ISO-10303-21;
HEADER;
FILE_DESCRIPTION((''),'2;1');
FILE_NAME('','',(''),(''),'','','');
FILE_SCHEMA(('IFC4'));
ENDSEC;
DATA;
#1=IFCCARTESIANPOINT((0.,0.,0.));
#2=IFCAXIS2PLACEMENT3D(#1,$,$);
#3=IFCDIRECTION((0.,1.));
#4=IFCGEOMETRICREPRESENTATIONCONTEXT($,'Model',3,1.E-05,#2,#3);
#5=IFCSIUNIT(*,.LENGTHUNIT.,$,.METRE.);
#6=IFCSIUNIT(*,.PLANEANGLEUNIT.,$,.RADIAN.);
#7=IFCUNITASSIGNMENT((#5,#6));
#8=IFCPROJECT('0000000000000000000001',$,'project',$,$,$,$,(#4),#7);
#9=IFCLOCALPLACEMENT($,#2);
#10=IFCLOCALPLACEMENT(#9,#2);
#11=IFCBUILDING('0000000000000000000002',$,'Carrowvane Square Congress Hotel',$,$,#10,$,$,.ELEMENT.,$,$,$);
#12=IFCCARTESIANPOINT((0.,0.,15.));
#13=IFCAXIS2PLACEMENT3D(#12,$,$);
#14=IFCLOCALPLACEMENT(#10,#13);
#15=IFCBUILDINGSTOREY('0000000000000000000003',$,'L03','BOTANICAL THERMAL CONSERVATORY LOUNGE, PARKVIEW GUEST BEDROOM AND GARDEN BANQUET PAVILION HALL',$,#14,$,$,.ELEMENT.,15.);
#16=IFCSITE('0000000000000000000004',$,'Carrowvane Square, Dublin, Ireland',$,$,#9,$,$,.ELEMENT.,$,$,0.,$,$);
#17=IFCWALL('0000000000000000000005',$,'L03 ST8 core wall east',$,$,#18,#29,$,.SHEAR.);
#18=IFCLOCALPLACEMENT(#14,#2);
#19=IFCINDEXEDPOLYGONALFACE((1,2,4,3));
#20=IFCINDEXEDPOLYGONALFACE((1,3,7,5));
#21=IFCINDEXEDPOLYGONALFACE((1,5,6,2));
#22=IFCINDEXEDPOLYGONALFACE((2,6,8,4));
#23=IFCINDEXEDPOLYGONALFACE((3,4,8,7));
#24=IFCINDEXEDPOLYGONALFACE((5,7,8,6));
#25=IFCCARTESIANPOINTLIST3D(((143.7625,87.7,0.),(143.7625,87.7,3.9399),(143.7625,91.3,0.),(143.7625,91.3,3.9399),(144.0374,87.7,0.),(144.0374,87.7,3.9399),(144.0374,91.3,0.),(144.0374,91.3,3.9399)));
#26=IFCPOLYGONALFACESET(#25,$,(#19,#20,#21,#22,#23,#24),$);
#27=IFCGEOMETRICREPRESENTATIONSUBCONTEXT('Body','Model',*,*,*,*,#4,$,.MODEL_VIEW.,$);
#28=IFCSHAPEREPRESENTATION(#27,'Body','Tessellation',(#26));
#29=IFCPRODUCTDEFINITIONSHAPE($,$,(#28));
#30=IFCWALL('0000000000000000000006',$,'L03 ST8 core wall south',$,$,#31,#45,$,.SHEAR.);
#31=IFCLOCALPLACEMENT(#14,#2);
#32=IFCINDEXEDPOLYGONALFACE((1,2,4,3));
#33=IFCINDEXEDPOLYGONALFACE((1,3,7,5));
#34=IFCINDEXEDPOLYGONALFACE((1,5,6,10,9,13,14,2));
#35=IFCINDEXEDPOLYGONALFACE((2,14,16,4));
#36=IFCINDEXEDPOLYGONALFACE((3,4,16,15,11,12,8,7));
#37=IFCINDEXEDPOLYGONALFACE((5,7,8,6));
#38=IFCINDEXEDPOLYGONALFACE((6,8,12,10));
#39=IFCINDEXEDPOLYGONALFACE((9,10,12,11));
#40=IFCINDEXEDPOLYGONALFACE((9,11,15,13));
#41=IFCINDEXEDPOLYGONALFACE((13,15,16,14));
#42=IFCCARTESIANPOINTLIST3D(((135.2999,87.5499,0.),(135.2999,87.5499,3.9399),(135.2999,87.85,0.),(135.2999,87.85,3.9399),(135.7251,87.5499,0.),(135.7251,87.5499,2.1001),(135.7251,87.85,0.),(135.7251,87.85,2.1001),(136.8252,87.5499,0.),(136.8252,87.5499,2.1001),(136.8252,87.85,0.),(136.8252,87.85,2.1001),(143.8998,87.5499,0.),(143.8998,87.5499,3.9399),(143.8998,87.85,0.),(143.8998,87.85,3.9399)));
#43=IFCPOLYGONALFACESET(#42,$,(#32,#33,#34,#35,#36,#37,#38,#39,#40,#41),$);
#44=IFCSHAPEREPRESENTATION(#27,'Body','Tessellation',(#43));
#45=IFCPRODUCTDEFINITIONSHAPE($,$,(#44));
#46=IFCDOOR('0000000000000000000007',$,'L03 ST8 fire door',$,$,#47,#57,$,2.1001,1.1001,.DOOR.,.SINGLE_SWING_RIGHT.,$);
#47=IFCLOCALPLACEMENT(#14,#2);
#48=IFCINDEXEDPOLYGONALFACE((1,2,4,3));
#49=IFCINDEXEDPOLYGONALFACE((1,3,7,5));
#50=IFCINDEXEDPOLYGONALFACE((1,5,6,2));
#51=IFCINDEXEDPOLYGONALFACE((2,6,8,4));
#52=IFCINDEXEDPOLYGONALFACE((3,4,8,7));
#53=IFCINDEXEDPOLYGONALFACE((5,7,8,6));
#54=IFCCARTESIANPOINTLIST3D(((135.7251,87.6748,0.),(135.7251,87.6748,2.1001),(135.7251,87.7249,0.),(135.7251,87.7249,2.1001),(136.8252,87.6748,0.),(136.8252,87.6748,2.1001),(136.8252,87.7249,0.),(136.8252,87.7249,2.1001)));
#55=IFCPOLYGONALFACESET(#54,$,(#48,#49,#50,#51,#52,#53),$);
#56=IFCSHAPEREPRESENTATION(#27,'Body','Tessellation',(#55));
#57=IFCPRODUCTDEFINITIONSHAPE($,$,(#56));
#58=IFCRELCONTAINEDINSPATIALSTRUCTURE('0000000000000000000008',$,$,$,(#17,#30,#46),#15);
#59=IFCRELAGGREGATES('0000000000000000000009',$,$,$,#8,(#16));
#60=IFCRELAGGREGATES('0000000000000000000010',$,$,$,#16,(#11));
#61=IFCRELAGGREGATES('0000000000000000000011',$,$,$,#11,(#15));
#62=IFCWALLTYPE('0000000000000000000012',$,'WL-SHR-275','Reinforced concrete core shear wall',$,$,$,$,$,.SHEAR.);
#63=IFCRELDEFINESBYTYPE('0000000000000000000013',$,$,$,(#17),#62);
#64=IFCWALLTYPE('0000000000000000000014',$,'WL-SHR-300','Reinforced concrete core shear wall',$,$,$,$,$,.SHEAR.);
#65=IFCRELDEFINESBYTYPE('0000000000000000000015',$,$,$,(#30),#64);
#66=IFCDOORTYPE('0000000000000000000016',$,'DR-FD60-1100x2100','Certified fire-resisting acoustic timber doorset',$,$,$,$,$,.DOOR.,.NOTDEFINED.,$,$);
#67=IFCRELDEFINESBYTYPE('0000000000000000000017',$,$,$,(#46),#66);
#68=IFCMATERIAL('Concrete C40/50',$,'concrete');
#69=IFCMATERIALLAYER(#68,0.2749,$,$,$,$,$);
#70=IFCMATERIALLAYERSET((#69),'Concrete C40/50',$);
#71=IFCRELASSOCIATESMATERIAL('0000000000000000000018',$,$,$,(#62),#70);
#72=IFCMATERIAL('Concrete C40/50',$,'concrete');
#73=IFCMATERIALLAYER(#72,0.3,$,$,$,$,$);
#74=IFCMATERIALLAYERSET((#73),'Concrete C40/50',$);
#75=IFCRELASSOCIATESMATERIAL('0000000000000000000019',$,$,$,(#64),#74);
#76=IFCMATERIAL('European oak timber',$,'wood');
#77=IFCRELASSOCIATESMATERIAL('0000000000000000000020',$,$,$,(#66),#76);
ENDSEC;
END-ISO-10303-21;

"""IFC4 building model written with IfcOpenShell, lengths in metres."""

from ifc_helpers import new_model, si_unit, direction, frame, frame_2d, origin, place, context, subcontext, project, spatial, rectangle, extrude, material, layer, layer_set, type_object, element, fill, save


model = new_model("IFC4")

# Units and contexts
model_context = context("Model", 3, precision=1e-05, world=origin(), true_north=direction((0.0, 1.0)))
body_context = subcontext(model_context, "Body", "Model", "MODEL_VIEW")
ifc_project = project(units=[si_unit("LENGTHUNIT", "METRE"), si_unit("PLANEANGLEUNIT", "RADIAN")], contexts=[model_context])

# Site, building, storey
site_placement = place(None, origin())
site = spatial("IfcSite", under=ifc_project, at=site_placement, Name="Carrowvane Square, Dublin, Ireland", CompositionType="ELEMENT", RefElevation=0.0)
building_placement = place(site_placement, origin())
building = spatial("IfcBuilding", under=site, at=building_placement, Name="Carrowvane Square Congress Hotel", CompositionType="ELEMENT")
storey_placement = place(building_placement, frame((0.0, 0.0, 15.0)))
storey = spatial("IfcBuildingStorey", under=building, at=storey_placement, Name="L03", Description="BOTANICAL THERMAL CONSERVATORY LOUNGE, PARKVIEW GUEST BEDROOM AND GARDEN BANQUET PAVILION HALL", CompositionType="ELEMENT", Elevation=15.0)

# Wall
ifc_material_1 = material(Name="Concrete C40/50", Category="concrete")
ifc_layer_1 = layer(ifc_material_1, 0.2749)
ifc_layer_set_1 = layer_set([ifc_layer_1], Name="Concrete C40/50")
wall_type_1 = type_object("IfcWallType", Name="WL-SHR-275", Description="Reinforced concrete core shear wall", PredefinedType="SHEAR", material=ifc_layer_set_1)
wall_1_placement = place(storey_placement, frame((143.8999, 87.7, 0.0), z_axis=(0.0, 0.0, 1.0), x_axis=(0.0, 1.0, 0.0)))
element("IfcWall", 1, at=wall_1_placement, inside=storey, type_object=wall_type_1, Name="L03 ST8 core wall east", PredefinedType="SHEAR", context=body_context, shape_type="SweptSolid", body=[
    extrude(rectangle(XDim=3.6001, YDim=0.2749, at=frame_2d((1.8, 0.0))), origin(), (0.0, 0.0, 1.0), 3.9399),
])

# Wall, opening, door
ifc_material_2 = material(Name="Concrete C40/50", Category="concrete")
ifc_layer_2 = layer(ifc_material_2, 0.3)
ifc_layer_set_2 = layer_set([ifc_layer_2], Name="Concrete C40/50")
wall_type_2 = type_object("IfcWallType", Name="WL-SHR-300", Description="Reinforced concrete core shear wall", PredefinedType="SHEAR", material=ifc_layer_set_2)
wall_2_placement = place(storey_placement, frame((135.3, 87.7, 0.0), z_axis=(0.0, 0.0, 1.0), x_axis=(1.0, 0.0, 0.0)))
wall_2 = element("IfcWall", 2, at=wall_2_placement, inside=storey, type_object=wall_type_2, Name="L03 ST8 core wall south", PredefinedType="SHEAR", context=body_context, shape_type="SweptSolid", body=[
    extrude(rectangle(XDim=8.5999, YDim=0.3, at=frame_2d((4.2998, 0.0))), origin(), (0.0, 0.0, 1.0), 3.9399),
])
opening_1_placement = place(wall_2_placement, frame((0.425, 0.0, 0.0)))
opening_1 = element("IfcOpeningElement", 3, at=opening_1_placement, cuts=wall_2, PredefinedType="OPENING", context=body_context, shape_type="SweptSolid", body=[
    extrude(rectangle(XDim=1.1001, YDim=2.1001, at=frame_2d((0.55, 1.05))), frame((0.0, 0.1599, 0.0), z_axis=(0.0, -1.0, 0.0), x_axis=(1.0, 0.0, 0.0)), (0.0, 0.0, 1.0), 0.3201),
])
ifc_material_3 = material(Name="European oak timber", Category="wood")
door_type_1 = type_object("IfcDoorType", Name="DR-FD60-1100x2100", Description="Certified fire-resisting acoustic timber doorset", OperationType="NOTDEFINED", PredefinedType="DOOR", material=ifc_material_3)
door_1_placement = place(opening_1_placement, origin())
door_1 = element("IfcDoor", 4, at=door_1_placement, inside=storey, type_object=door_type_1, Name="L03 ST8 fire door", OperationType="SINGLE_SWING_RIGHT", OverallHeight=2.1001, OverallWidth=1.1001, PredefinedType="DOOR", context=body_context, shape_type="SweptSolid", body=[
    extrude(rectangle(XDim=1.1001, YDim=2.1001, at=frame_2d((0.55, 1.05))), frame((0.0, 0.0249, 0.0), z_axis=(0.0, -1.0, 0.0), x_axis=(1.0, 0.0, 0.0)), (0.0, 0.0, 1.0), 0.05),
])
fill(opening_1, door_1)

save(model, "model.ifc")
